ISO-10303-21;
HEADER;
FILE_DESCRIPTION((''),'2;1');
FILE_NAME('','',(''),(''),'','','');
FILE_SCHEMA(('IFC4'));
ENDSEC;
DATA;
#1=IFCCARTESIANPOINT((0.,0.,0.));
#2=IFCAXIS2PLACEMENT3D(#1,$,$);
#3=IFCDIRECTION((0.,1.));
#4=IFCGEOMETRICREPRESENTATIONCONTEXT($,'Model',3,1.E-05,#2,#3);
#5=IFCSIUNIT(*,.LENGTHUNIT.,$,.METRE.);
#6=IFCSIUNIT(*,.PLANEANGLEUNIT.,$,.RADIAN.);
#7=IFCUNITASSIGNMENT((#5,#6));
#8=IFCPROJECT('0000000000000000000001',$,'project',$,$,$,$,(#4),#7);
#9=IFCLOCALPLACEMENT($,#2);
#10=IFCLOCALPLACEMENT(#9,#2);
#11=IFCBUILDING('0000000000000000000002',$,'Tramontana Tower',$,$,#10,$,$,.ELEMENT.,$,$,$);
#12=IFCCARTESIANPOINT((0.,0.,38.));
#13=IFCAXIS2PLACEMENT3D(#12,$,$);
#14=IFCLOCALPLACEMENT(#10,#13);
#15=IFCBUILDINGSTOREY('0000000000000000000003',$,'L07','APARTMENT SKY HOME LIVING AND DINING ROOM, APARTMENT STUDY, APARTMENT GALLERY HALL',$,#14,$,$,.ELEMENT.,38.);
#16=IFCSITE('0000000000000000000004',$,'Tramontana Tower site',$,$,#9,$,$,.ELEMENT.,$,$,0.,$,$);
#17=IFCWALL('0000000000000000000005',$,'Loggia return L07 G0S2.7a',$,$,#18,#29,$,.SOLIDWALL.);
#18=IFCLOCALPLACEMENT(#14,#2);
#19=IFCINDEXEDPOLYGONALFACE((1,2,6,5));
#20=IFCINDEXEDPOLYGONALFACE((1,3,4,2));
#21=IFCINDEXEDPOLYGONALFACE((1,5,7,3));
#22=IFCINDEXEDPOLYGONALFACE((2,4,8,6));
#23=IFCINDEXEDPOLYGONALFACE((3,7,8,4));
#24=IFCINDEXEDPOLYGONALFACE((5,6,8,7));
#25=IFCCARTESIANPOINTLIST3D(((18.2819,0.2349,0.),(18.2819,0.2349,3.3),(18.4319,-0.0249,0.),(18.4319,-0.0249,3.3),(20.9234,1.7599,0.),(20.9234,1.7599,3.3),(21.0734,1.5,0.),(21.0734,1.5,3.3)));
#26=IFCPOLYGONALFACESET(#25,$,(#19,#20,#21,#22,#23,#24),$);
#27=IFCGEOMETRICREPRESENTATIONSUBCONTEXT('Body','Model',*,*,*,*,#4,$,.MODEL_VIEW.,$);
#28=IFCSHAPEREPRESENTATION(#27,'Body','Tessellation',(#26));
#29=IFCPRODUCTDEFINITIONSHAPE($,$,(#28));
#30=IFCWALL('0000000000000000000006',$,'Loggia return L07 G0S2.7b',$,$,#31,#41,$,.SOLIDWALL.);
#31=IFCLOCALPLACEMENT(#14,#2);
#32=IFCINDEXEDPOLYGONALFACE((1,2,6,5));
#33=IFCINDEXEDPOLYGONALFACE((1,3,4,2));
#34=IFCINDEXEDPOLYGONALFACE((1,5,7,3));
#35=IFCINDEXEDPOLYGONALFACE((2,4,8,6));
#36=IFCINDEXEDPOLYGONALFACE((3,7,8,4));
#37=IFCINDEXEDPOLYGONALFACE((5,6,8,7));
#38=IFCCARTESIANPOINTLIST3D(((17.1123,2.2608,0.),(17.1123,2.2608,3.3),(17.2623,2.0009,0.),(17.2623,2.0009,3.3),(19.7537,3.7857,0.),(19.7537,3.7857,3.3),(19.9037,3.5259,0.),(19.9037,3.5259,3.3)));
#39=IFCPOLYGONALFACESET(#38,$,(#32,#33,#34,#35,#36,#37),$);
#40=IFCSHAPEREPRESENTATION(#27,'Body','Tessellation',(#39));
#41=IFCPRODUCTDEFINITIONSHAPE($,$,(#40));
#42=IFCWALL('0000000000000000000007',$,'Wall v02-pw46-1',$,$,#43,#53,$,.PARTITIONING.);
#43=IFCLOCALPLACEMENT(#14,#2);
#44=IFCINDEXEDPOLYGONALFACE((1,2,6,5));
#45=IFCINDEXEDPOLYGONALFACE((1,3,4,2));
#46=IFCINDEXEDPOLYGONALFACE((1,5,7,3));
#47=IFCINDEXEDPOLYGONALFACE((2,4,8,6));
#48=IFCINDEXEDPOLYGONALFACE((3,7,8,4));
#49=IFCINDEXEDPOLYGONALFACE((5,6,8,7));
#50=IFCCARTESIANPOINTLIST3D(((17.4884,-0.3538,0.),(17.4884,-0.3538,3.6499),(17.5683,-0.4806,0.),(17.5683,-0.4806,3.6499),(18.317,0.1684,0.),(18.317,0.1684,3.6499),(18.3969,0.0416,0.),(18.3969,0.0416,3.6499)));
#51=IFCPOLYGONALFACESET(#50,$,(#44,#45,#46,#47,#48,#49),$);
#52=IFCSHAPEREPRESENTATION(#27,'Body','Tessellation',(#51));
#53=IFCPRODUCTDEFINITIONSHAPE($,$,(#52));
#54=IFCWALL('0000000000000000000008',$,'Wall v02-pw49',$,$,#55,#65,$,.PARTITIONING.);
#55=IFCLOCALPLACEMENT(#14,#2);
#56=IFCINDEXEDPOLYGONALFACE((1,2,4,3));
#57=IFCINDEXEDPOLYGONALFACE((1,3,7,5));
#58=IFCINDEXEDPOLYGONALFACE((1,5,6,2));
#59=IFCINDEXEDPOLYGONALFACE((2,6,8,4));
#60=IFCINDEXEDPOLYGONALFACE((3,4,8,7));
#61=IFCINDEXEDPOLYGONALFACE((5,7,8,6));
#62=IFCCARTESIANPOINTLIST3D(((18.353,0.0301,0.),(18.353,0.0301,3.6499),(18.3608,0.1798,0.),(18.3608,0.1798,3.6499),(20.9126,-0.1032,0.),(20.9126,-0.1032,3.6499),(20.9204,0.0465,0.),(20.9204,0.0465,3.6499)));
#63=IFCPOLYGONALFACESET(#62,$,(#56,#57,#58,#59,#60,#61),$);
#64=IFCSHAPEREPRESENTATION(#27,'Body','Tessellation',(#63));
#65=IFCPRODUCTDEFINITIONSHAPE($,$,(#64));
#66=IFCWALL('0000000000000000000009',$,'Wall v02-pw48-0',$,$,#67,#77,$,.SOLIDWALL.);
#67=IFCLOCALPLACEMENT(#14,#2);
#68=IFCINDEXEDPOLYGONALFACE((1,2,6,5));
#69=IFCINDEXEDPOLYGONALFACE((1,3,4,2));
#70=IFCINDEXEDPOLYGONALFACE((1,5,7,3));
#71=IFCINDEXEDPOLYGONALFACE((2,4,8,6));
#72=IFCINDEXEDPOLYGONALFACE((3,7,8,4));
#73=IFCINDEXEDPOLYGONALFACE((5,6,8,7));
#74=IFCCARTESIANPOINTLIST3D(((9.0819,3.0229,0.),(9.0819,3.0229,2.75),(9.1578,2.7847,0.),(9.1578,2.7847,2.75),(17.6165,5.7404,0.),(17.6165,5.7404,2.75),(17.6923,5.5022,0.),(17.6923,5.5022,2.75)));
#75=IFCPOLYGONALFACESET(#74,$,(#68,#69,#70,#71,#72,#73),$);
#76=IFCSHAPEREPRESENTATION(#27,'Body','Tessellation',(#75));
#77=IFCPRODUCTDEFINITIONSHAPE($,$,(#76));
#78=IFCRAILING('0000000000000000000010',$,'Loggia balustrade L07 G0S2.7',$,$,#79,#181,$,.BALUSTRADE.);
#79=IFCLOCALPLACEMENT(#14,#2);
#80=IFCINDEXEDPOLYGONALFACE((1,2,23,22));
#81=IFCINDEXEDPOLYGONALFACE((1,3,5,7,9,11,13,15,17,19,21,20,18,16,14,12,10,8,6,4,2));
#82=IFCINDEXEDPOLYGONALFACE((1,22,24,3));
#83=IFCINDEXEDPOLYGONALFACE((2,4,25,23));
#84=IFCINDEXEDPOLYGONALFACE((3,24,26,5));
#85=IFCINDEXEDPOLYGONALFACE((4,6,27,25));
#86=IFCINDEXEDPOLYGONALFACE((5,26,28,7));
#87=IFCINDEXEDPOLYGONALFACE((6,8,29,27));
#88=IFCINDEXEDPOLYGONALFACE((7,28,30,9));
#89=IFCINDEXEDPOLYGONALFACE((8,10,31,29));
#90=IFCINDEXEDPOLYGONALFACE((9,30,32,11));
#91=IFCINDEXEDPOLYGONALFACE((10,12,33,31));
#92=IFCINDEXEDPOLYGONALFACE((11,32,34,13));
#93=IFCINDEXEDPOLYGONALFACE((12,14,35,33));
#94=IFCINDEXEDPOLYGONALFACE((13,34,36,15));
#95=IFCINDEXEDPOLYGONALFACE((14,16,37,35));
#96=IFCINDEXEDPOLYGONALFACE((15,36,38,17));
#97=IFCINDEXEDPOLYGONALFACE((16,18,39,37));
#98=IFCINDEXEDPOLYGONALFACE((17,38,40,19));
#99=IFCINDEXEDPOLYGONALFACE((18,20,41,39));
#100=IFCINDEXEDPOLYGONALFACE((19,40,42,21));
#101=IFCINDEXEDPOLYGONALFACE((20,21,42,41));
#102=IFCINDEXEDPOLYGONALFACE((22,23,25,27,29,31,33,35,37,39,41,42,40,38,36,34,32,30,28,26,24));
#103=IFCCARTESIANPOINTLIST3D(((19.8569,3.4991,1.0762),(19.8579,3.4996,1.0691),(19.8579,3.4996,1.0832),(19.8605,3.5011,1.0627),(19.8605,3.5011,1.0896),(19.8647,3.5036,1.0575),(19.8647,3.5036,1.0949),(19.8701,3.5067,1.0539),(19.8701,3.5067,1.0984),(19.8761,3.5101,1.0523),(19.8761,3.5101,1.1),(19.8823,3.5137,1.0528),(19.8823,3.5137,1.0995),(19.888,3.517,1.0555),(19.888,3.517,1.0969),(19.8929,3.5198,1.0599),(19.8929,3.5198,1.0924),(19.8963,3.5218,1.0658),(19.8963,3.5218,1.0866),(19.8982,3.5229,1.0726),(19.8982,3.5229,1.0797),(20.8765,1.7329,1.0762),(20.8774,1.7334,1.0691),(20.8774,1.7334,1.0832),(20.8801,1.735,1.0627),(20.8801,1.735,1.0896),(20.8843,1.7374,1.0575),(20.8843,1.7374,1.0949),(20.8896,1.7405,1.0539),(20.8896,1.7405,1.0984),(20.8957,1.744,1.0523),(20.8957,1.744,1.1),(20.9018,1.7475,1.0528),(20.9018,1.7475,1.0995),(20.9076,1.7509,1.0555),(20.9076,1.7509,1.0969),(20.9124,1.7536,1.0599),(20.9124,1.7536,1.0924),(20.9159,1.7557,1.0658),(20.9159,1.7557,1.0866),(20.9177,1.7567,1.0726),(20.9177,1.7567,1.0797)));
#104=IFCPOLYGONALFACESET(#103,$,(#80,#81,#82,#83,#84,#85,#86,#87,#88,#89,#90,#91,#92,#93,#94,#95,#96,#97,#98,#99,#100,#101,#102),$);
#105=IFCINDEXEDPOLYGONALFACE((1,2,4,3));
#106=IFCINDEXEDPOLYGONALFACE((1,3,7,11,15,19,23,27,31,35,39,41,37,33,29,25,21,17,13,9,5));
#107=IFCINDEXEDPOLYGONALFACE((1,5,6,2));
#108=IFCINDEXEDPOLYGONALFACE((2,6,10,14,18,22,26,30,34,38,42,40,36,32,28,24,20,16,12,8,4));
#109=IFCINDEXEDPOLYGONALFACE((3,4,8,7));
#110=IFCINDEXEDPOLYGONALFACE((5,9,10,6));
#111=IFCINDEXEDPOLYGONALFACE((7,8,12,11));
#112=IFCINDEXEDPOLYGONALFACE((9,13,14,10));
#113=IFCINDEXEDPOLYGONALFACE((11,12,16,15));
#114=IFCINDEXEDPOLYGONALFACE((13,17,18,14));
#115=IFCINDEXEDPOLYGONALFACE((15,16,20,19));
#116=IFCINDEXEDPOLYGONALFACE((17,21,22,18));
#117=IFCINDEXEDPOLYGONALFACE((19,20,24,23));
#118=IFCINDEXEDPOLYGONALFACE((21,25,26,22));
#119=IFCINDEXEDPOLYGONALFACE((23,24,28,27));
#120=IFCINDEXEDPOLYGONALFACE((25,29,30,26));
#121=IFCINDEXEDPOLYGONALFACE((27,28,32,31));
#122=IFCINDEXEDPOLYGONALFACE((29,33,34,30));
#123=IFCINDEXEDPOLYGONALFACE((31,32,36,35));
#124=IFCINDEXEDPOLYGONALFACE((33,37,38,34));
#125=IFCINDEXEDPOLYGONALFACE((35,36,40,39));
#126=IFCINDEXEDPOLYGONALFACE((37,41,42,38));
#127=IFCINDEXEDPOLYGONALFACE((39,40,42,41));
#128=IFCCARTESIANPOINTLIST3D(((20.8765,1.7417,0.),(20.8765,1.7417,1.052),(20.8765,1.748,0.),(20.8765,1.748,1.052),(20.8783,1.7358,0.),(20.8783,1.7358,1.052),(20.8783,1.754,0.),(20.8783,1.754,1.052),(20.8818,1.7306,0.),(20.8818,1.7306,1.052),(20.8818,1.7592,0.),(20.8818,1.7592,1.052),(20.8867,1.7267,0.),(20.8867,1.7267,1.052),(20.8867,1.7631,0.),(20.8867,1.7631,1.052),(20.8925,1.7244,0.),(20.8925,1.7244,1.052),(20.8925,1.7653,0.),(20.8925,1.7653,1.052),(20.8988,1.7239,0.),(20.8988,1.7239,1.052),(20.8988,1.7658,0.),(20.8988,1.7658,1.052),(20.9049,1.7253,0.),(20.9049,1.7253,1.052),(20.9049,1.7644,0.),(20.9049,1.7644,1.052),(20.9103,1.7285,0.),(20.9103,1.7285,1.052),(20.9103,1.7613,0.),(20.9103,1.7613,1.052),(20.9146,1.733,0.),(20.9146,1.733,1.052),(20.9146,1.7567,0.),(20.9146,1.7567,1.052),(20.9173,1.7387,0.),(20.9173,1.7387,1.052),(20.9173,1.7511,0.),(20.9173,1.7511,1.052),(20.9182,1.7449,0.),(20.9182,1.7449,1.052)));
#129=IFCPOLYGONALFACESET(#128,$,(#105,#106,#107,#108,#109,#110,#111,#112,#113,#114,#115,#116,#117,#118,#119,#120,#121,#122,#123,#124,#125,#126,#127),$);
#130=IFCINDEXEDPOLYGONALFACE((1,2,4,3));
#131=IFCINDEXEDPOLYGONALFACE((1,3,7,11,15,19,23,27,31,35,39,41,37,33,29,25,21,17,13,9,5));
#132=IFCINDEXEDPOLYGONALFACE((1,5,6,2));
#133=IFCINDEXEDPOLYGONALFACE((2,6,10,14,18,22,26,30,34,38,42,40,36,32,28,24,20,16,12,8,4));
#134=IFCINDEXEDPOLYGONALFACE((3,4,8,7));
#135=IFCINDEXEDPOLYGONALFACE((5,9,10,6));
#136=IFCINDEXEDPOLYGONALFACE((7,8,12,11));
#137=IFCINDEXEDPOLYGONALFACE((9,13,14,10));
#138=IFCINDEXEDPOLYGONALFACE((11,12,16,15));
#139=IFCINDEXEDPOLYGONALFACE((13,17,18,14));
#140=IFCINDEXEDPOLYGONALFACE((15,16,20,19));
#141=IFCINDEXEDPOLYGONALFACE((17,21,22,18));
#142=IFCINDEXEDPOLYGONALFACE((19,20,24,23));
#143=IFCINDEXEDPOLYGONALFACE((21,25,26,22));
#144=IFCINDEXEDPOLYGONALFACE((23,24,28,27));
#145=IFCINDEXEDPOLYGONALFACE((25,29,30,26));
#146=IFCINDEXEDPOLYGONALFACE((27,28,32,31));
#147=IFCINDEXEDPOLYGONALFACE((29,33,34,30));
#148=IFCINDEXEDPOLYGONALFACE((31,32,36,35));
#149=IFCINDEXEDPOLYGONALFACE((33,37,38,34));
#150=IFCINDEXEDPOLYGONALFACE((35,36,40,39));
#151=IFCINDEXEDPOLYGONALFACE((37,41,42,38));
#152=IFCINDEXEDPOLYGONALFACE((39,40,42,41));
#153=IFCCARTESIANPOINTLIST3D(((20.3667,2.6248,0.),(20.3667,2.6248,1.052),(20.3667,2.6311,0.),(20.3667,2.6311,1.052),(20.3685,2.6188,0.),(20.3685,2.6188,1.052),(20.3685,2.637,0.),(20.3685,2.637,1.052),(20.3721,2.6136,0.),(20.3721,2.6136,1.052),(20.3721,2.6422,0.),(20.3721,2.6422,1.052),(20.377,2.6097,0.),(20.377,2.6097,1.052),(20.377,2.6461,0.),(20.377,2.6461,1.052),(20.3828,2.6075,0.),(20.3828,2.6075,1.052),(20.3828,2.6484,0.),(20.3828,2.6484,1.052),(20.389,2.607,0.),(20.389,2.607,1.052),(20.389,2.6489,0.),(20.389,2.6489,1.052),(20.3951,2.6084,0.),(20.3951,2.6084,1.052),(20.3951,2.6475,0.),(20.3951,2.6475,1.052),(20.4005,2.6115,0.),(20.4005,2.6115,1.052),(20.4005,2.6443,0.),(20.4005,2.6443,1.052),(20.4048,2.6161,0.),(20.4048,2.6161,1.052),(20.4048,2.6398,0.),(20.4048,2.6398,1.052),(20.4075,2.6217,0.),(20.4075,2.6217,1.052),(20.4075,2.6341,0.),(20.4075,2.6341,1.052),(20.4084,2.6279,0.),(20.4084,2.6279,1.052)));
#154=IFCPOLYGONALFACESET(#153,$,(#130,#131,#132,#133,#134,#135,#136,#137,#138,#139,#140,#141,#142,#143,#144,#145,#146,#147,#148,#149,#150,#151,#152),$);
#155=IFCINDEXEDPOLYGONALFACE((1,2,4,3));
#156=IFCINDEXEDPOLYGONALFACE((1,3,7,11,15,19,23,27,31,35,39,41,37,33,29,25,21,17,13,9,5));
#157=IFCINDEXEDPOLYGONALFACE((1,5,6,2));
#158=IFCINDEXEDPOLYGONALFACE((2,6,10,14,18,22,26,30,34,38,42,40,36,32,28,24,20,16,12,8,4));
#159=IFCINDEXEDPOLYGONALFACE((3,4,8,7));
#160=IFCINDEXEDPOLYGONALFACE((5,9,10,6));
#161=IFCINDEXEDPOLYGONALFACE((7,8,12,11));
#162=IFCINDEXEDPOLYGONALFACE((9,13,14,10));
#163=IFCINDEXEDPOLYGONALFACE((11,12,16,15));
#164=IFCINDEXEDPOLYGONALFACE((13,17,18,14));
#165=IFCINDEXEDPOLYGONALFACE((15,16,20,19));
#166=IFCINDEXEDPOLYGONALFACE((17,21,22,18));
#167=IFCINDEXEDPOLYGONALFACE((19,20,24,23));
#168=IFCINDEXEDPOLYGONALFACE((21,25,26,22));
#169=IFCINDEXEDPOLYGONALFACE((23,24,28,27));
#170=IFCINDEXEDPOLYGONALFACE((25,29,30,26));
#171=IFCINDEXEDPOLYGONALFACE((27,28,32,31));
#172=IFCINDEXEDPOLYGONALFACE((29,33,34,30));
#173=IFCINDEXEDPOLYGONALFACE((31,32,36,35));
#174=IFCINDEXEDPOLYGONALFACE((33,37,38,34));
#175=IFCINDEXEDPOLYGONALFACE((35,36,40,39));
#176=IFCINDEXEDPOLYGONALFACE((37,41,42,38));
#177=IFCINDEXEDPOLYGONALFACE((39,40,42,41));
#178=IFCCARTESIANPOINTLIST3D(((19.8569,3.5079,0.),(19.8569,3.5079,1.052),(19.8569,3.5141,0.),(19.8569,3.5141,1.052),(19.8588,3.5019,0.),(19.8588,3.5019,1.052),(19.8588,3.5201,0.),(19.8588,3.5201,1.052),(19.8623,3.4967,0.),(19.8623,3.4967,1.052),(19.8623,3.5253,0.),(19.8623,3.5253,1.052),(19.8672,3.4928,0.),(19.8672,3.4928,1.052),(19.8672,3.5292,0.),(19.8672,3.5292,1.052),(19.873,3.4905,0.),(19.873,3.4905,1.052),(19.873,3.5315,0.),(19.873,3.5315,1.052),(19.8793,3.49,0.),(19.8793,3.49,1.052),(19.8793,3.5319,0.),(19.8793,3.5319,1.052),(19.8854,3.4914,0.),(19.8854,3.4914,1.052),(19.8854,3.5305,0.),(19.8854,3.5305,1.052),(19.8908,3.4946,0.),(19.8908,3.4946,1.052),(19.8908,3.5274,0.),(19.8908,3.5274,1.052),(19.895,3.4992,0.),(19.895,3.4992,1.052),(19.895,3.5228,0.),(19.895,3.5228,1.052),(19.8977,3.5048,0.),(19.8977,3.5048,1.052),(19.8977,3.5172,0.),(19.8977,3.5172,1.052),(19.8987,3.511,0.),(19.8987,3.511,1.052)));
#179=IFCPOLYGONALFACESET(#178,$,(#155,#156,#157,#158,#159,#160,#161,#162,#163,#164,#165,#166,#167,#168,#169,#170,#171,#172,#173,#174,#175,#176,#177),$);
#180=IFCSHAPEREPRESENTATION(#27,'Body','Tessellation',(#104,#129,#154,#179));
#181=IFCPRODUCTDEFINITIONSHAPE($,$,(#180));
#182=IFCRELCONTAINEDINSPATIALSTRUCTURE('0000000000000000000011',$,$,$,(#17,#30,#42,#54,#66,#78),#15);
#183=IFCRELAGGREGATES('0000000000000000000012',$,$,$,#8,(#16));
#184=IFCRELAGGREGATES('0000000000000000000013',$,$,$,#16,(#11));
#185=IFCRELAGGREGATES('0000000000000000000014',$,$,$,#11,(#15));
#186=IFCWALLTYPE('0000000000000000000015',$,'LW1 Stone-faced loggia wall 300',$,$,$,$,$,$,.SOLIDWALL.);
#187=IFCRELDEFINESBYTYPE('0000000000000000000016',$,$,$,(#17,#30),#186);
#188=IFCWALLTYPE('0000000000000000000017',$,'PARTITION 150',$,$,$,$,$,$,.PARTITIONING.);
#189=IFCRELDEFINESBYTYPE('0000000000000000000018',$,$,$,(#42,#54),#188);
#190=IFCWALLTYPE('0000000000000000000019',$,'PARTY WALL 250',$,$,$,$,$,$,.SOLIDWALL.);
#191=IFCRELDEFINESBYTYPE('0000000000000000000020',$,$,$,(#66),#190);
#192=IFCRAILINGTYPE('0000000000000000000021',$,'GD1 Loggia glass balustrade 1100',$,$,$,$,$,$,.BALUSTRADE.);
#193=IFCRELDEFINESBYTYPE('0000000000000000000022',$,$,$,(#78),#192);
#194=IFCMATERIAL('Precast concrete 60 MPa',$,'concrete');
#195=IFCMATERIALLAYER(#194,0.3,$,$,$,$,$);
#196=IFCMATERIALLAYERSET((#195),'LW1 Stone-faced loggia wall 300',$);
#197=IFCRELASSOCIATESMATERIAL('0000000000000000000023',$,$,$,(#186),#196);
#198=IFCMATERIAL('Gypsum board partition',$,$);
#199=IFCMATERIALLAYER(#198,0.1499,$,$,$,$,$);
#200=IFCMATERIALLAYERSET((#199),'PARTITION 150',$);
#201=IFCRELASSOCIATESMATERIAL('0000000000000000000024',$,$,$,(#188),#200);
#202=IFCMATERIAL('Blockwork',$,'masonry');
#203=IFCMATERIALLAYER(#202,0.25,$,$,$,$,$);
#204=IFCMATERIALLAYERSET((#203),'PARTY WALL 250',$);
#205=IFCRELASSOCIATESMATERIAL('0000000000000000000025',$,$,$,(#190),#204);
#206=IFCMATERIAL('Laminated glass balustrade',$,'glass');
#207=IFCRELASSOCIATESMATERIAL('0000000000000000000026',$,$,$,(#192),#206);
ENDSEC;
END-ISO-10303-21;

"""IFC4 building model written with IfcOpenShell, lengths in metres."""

from ifc_helpers import new_model, si_unit, direction, frame, frame_2d, origin, origin_2d, place, context, subcontext, project, spatial, rectangle, circle, extrude, material, layer, layer_set, type_object, element, save


model = new_model("IFC4")

# Units and contexts
model_context = context("Model", 3, precision=1e-05, world=origin(), true_north=direction((0.0, 1.0)))
body_context = subcontext(model_context, "Body", "Model", "MODEL_VIEW")
ifc_project = project(units=[si_unit("LENGTHUNIT", "METRE"), si_unit("PLANEANGLEUNIT", "RADIAN")], contexts=[model_context])

# Site, building, storey
site_placement = place(None, origin())
site = spatial("IfcSite", under=ifc_project, at=site_placement, Name="Tramontana Tower site", CompositionType="ELEMENT", RefElevation=0.0)
building_placement = place(site_placement, origin())
building = spatial("IfcBuilding", under=site, at=building_placement, Name="Tramontana Tower", CompositionType="ELEMENT")
storey_placement = place(building_placement, frame((0.0, 0.0, 38.0)))
storey = spatial("IfcBuildingStorey", under=building, at=storey_placement, Name="L07", Description="APARTMENT SKY HOME LIVING AND DINING ROOM, APARTMENT STUDY, APARTMENT GALLERY HALL", CompositionType="ELEMENT", Elevation=38.0)

# Shared definitions
ifc_material_1 = material(Name="Precast concrete 60 MPa", Category="concrete")
ifc_layer_1 = layer(ifc_material_1, 0.3)
ifc_layer_set_1 = layer_set([ifc_layer_1], Name="LW1 Stone-faced loggia wall 300")
wall_type_1 = type_object("IfcWallType", Name="LW1 Stone-faced loggia wall 300", PredefinedType="SOLIDWALL", material=ifc_layer_set_1)

# Walls
for number, where, z_axis, x_axis, name in (
    (1, (20.9983, 1.6299, 0.0), (0.0, 0.0, 1.0), (-0.866038, -0.499979, 0.0), "Loggia return L07 G0S2.7a"),
    (2, (19.8286, 3.6558, 0.0), (0.0, 0.0, 1.0), (-0.866038, -0.499979, 0.0), "Loggia return L07 G0S2.7b"),
):
    element("IfcWall", number, at=place(storey_placement, frame(where, z_axis=z_axis, x_axis=x_axis)), inside=storey, type_object=wall_type_1, Name=name, PredefinedType="SOLIDWALL", context=body_context, shape_type="SweptSolid", body=[
        extrude(rectangle(XDim=3.05, YDim=0.3, at=frame_2d((1.5249, 0.0))), origin(), (0.0, 0.0, 1.0), 3.3),
    ])
ifc_material_2 = material(Name="Gypsum board partition")
ifc_layer_2 = layer(ifc_material_2, 0.1499)
ifc_layer_set_2 = layer_set([ifc_layer_2], Name="PARTITION 150")
wall_type_2 = type_object("IfcWallType", Name="PARTITION 150", PredefinedType="PARTITIONING", material=ifc_layer_set_2)
wall_1_placement = place(storey_placement, frame((17.5283, -0.4172, 0.0), z_axis=(0.0, 0.0, 1.0), x_axis=(0.846004, 0.533177, 0.0)))
element("IfcWall", 3, at=wall_1_placement, inside=storey, type_object=wall_type_2, Name="Wall v02-pw46-1", PredefinedType="PARTITIONING", context=body_context, shape_type="SweptSolid", body=[
    extrude(rectangle(XDim=0.9795, YDim=0.1499, at=frame_2d((0.4897, 0.0))), origin(), (0.0, 0.0, 1.0), 3.6499),
])
wall_2_placement = place(storey_placement, frame((18.3569, 0.105, 0.0), z_axis=(0.0, 0.0, 1.0), x_axis=(0.998647, -0.052009, 0.0)))
element("IfcWall", 4, at=wall_2_placement, inside=storey, type_object=wall_type_2, Name="Wall v02-pw49", PredefinedType="PARTITIONING", context=body_context, shape_type="SweptSolid", body=[
    extrude(rectangle(XDim=2.563, YDim=0.1499, at=frame_2d((1.2815, 0.0))), origin(), (0.0, 0.0, 1.0), 3.6499),
])
ifc_material_3 = material(Name="Blockwork", Category="masonry")
ifc_layer_3 = layer(ifc_material_3, 0.25)
ifc_layer_set_3 = layer_set([ifc_layer_3], Name="PARTY WALL 250")
wall_type_3 = type_object("IfcWallType", Name="PARTY WALL 250", PredefinedType="SOLIDWALL", material=ifc_layer_set_3)
wall_3_placement = place(storey_placement, frame((17.6545, 5.6213, 0.0), z_axis=(0.0, 0.0, 1.0), x_axis=(-0.952863, -0.303402, 0.0)))
element("IfcWall", 5, at=wall_3_placement, inside=storey, type_object=wall_type_3, Name="Wall v02-pw48-0", PredefinedType="SOLIDWALL", context=body_context, shape_type="SweptSolid", body=[
    extrude(rectangle(XDim=8.9568, YDim=0.25, at=frame_2d((4.4785, 0.0))), origin(), (0.0, 0.0, 1.0), 2.75),
])

# Railing
ifc_material_4 = material(Name="Laminated glass balustrade", Category="glass")
railing_type = type_object("IfcRailingType", Name="GD1 Loggia glass balustrade 1100", PredefinedType="BALUSTRADE", material=ifc_material_4)
railing_placement = place(storey_placement, frame((20.8972, 1.7449, 0.0)))
element("IfcRailing", 6, at=railing_placement, inside=storey, type_object=railing_type, Name="Loggia balustrade L07 G0S2.7", PredefinedType="BALUSTRADE", context=body_context, shape_type="SweptSolid", body=[
    extrude(circle(Radius=0.0239, at=origin_2d()), frame((0.0, 0.0, 1.0762), z_axis=(-0.49995, 0.866054, 0.0), x_axis=(-0.866054, -0.49995, 0.0)), (0.0, 0.0, 1.0), 2.0393),
    extrude(circle(Radius=0.021, at=origin_2d()), origin(), (0.0, 0.0, 1.0), 1.052),
    extrude(circle(Radius=0.021, at=origin_2d()), frame((-0.5098, 0.8831, 0.0)), (0.0, 0.0, 1.0), 1.052),
    extrude(circle(Radius=0.021, at=origin_2d()), frame((-1.0195, 1.7661, 0.0)), (0.0, 0.0, 1.0), 1.052),
])

save(model, "model.ifc")
